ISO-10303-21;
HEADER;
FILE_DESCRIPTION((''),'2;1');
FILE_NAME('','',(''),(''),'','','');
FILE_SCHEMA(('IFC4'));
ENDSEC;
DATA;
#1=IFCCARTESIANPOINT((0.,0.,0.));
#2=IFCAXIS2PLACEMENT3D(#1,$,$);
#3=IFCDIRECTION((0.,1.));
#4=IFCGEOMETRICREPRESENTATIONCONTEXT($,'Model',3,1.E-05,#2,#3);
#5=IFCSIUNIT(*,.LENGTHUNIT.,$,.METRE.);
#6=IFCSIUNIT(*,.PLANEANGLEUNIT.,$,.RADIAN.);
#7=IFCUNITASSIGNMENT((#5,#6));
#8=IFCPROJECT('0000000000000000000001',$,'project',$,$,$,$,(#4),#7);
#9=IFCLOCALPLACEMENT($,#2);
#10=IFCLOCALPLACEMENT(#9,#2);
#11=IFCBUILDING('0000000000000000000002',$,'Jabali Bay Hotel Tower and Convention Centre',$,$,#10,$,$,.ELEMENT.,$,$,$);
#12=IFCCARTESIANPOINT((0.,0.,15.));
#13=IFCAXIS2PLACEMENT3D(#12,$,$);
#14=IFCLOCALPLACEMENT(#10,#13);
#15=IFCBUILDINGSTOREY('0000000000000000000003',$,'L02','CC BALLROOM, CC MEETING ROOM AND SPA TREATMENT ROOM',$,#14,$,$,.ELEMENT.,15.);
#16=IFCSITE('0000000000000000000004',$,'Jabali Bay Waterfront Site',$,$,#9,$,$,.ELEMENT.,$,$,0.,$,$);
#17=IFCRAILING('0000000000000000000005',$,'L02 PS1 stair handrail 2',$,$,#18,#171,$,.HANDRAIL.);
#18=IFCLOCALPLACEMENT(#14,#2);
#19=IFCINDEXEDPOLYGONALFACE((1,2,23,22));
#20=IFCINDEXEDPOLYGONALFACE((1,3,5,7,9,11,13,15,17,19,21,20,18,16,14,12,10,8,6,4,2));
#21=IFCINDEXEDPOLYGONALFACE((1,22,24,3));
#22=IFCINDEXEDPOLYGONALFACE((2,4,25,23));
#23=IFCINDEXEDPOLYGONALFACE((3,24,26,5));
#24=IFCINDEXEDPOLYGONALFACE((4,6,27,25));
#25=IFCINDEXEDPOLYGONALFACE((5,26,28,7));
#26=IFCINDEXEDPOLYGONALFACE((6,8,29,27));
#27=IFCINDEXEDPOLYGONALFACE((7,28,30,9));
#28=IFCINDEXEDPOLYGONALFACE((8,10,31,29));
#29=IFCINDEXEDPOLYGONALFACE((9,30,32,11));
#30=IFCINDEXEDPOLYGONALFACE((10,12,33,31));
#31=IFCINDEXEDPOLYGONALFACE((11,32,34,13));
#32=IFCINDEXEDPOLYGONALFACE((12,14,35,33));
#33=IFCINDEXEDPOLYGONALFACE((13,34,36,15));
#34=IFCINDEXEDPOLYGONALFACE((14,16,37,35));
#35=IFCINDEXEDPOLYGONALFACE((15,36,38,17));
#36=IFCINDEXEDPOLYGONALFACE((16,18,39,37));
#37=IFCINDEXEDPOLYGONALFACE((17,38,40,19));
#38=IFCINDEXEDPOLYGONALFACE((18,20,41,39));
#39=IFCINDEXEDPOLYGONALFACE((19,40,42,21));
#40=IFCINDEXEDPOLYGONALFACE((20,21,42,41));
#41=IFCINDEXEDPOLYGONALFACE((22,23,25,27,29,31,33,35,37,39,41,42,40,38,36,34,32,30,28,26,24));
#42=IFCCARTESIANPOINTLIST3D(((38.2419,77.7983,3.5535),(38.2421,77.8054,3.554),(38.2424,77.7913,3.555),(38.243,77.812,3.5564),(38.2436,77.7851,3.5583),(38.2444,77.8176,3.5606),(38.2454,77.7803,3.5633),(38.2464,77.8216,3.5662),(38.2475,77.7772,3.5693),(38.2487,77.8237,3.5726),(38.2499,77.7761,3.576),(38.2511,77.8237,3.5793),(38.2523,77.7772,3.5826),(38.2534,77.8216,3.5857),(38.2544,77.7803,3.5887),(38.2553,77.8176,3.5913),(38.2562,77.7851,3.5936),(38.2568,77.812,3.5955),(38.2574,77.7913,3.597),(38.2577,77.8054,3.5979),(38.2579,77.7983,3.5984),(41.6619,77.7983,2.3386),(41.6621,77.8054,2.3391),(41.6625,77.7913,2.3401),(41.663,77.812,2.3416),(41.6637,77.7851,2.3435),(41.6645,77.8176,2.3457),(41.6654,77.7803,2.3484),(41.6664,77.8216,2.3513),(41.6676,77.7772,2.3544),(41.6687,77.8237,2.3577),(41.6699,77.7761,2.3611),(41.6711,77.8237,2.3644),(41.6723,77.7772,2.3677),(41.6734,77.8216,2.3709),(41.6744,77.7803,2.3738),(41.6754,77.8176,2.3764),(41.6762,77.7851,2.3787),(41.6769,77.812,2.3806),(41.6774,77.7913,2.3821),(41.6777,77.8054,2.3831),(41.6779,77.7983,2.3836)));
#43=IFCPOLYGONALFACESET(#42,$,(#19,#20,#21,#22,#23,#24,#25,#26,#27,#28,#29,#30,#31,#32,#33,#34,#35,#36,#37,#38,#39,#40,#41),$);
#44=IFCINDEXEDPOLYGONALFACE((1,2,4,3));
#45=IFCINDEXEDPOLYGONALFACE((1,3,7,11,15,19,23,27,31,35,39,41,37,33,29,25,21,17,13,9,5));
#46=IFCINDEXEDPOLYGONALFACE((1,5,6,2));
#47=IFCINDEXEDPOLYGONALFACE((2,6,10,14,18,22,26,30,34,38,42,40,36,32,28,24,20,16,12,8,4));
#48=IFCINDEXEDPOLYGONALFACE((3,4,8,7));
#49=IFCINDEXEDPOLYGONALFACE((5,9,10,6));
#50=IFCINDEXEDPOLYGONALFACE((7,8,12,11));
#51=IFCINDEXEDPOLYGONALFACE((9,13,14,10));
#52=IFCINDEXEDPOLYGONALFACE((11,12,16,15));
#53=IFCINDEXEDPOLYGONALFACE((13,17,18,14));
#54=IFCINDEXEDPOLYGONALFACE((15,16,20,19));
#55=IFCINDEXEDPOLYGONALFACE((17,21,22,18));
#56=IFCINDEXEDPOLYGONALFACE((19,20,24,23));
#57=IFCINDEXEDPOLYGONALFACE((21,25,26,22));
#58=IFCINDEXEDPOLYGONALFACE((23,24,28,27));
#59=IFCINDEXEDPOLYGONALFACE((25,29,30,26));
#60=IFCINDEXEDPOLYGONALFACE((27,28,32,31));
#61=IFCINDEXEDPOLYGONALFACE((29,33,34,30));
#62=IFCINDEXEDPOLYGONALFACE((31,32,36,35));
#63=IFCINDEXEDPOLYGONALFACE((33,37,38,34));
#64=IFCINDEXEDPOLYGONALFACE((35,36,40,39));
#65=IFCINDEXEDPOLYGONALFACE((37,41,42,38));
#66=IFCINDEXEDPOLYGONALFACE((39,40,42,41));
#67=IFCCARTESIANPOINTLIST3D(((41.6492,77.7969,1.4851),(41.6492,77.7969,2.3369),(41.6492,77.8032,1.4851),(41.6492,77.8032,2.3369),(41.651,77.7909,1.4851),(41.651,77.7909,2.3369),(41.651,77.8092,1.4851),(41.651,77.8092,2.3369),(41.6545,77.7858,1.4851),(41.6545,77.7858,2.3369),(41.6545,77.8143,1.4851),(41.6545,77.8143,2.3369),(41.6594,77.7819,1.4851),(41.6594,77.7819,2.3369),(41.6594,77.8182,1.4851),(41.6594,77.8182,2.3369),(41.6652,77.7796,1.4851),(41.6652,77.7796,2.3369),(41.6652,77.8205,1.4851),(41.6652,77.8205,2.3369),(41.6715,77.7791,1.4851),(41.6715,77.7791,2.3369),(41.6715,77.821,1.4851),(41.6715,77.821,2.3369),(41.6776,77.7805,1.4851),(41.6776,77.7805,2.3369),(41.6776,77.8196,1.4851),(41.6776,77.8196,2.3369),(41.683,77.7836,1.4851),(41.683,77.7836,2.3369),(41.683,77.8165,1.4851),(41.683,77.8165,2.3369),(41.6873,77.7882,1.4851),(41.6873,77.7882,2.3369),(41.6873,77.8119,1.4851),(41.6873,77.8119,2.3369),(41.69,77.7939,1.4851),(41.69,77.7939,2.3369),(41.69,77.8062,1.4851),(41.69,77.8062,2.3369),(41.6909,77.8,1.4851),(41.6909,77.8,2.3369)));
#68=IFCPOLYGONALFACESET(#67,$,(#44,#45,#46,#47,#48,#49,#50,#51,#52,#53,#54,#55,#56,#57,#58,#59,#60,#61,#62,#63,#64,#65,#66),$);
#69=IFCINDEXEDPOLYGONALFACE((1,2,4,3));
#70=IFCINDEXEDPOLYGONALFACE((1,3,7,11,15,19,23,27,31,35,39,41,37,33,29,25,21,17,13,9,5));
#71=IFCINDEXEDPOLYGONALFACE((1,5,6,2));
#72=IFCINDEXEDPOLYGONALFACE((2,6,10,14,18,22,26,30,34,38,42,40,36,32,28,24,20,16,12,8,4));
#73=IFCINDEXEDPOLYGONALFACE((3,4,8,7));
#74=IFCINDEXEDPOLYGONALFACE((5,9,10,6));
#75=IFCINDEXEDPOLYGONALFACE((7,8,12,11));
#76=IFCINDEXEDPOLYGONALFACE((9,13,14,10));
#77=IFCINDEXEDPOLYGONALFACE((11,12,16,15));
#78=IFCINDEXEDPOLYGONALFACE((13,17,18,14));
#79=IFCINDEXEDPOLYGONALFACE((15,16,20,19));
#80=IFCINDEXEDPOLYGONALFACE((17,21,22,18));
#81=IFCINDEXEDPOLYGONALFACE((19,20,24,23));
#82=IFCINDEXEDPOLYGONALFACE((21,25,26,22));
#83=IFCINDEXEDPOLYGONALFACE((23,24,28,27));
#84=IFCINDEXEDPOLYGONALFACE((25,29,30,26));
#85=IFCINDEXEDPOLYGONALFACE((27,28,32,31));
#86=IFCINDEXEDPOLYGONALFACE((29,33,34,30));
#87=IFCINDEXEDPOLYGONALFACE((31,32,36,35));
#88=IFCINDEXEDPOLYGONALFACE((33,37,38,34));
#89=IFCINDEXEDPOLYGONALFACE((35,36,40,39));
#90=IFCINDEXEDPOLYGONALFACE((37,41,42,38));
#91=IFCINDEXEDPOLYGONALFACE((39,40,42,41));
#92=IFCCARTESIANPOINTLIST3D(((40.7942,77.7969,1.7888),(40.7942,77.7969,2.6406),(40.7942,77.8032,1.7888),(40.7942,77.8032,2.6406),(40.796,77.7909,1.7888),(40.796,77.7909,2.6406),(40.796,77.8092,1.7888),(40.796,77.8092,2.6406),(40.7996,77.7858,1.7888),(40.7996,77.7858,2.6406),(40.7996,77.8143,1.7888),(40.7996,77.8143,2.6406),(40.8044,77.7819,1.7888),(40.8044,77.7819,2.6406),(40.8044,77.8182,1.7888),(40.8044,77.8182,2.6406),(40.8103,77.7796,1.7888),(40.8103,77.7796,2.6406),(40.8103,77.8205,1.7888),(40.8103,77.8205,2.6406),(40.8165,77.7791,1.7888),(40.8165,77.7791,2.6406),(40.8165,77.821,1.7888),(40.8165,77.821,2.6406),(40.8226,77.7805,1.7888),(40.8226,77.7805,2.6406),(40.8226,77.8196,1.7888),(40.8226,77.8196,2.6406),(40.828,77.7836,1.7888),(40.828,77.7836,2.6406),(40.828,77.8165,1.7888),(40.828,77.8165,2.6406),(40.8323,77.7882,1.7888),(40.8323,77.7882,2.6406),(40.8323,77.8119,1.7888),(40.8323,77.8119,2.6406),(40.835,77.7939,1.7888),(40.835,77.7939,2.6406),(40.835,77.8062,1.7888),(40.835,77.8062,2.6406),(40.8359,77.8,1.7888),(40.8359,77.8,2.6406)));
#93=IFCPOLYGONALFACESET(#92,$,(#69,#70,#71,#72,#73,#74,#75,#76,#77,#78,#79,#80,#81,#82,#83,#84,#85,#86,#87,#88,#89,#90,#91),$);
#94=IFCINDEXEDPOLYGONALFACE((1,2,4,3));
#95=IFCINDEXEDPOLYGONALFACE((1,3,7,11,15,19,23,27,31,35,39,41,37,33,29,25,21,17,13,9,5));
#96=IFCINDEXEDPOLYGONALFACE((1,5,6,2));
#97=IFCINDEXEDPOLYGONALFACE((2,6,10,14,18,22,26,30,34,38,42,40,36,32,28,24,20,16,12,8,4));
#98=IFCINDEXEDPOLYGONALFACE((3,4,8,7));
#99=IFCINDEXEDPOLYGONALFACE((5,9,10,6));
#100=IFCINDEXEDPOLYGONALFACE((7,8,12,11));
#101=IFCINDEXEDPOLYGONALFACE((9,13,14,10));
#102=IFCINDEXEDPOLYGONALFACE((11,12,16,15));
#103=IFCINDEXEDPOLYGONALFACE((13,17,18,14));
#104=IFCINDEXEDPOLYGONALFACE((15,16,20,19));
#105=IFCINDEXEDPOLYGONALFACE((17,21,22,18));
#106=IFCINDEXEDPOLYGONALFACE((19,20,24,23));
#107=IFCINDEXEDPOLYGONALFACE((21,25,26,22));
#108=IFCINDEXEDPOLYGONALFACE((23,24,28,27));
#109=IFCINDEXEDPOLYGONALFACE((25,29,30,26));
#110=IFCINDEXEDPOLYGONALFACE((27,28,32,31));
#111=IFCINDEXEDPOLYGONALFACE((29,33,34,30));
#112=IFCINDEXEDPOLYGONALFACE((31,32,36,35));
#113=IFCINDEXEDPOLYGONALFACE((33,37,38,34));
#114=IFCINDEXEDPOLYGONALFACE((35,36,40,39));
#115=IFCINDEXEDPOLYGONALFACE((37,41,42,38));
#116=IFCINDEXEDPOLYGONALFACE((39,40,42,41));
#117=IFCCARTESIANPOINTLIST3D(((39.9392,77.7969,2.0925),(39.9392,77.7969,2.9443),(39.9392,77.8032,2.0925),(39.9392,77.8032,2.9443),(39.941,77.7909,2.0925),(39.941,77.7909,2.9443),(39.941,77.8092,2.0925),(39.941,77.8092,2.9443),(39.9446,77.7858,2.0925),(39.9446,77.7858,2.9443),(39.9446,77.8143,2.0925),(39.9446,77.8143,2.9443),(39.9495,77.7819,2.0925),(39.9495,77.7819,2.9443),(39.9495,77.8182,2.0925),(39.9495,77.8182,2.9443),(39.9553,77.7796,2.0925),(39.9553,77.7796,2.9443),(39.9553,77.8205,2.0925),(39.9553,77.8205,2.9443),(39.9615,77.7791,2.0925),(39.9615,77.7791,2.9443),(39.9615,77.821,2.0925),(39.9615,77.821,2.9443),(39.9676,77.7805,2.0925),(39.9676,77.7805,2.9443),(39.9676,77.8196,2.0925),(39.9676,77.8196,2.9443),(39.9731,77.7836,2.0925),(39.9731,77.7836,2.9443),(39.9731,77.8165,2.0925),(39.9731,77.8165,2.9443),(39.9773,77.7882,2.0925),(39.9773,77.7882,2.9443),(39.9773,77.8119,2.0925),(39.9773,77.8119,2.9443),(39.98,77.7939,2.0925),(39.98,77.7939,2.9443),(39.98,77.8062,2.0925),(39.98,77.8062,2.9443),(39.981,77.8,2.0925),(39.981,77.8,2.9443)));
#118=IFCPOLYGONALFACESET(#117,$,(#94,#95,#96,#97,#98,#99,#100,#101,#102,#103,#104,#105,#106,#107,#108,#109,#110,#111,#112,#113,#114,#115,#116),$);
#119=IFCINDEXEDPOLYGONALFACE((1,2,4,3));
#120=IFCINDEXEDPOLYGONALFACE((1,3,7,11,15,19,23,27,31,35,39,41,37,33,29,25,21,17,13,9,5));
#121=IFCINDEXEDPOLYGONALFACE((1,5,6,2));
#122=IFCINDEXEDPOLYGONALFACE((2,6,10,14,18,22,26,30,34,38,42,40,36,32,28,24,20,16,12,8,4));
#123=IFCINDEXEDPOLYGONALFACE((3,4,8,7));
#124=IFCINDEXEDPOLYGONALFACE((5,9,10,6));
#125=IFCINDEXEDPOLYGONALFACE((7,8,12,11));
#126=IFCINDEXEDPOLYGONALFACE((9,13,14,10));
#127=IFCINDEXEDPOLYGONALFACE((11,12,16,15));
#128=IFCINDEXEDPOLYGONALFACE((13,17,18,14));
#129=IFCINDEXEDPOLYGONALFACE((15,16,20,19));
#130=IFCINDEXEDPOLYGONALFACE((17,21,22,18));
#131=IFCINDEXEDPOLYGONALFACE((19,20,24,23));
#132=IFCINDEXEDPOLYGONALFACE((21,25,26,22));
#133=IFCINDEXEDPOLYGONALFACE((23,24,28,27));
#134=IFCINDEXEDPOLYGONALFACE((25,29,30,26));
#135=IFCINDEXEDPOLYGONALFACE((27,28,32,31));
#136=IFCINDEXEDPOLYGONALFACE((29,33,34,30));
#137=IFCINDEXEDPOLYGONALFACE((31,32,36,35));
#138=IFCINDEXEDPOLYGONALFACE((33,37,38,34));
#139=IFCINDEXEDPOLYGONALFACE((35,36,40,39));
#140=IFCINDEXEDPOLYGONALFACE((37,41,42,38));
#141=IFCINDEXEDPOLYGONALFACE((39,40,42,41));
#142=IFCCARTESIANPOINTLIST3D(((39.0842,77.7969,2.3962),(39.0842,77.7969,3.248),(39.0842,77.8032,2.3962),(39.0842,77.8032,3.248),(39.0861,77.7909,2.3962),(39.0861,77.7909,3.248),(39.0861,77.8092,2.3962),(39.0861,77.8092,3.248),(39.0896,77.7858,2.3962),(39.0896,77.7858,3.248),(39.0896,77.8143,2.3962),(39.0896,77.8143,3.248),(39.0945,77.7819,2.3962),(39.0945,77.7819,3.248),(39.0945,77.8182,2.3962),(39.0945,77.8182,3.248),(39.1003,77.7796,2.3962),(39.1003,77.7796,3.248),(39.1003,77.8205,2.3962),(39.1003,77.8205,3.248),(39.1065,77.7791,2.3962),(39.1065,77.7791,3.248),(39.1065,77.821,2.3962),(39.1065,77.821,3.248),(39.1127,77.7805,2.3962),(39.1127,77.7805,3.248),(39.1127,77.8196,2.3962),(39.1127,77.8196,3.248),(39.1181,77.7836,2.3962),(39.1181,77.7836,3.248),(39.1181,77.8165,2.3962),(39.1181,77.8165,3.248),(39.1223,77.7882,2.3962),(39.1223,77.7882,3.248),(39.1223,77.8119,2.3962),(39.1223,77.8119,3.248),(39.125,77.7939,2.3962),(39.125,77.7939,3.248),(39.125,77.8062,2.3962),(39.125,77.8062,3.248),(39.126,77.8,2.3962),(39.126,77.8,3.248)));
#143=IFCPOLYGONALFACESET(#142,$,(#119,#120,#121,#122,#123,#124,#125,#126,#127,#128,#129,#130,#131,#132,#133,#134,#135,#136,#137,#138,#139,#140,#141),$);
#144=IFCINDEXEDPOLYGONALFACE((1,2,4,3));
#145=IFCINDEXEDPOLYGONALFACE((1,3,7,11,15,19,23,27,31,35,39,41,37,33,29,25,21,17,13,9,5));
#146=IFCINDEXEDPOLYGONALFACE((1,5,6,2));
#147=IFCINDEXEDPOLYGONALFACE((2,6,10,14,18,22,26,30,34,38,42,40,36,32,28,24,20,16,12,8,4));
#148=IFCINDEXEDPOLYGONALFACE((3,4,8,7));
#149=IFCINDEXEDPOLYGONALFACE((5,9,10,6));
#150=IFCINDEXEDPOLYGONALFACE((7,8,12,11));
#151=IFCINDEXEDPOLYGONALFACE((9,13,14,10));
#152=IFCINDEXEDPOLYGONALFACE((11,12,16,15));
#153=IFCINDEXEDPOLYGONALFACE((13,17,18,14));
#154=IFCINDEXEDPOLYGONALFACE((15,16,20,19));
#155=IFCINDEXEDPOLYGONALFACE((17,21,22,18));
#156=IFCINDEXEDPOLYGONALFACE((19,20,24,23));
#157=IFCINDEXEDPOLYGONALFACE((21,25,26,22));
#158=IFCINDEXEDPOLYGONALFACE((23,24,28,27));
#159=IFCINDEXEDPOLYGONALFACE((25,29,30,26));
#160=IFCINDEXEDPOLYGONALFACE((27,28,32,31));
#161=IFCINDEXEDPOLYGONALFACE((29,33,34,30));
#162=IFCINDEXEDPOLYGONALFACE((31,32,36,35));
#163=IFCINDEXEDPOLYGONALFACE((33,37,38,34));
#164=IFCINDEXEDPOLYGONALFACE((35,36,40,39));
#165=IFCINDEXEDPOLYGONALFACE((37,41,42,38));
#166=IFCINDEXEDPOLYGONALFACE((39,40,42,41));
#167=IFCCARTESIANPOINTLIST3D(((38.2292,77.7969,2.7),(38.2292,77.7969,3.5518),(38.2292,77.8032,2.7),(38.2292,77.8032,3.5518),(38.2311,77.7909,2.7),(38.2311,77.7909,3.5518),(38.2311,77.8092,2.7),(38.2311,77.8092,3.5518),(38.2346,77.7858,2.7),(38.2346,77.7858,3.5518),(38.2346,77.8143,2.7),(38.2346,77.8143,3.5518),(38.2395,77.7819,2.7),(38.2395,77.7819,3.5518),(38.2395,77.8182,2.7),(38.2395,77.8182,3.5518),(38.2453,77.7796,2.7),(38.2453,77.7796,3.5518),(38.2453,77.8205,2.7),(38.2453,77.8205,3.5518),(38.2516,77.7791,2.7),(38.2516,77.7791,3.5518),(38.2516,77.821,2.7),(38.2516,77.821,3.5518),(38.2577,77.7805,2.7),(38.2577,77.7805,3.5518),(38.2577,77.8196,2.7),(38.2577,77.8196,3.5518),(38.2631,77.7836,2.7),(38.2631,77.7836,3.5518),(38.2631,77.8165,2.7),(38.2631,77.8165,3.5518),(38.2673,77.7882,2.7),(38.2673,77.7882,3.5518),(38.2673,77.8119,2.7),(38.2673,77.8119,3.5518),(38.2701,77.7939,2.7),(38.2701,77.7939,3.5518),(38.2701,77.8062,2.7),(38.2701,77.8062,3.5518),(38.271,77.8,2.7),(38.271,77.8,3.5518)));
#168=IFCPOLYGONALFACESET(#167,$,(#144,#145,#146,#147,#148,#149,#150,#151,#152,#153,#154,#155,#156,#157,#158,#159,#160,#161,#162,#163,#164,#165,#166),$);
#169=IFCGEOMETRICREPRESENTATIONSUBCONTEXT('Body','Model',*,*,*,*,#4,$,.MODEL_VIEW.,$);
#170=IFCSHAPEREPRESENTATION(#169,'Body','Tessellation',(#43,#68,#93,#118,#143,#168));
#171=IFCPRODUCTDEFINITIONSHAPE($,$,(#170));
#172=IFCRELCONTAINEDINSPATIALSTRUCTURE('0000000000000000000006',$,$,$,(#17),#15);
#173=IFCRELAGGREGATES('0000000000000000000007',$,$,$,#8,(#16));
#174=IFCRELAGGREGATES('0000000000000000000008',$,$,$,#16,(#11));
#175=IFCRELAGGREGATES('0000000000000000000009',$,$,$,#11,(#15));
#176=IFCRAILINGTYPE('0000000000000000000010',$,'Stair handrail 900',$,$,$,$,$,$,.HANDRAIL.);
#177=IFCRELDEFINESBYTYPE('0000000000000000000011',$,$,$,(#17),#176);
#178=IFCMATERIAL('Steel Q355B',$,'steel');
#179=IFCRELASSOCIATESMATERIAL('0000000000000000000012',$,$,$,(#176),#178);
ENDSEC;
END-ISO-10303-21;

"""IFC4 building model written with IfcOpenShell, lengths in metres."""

from ifc_helpers import new_model, si_unit, direction, frame, origin, origin_2d, place, context, subcontext, project, spatial, circle, extrude, material, type_object, element, save


model = new_model("IFC4")

# Units and contexts
model_context = context("Model", 3, precision=1e-05, world=origin(), true_north=direction((0.0, 1.0)))
body_context = subcontext(model_context, "Body", "Model", "MODEL_VIEW")
ifc_project = project(units=[si_unit("LENGTHUNIT", "METRE"), si_unit("PLANEANGLEUNIT", "RADIAN")], contexts=[model_context])

# Site, building, storey
site_placement = place(None, origin())
site = spatial("IfcSite", under=ifc_project, at=site_placement, Name="Jabali Bay Waterfront Site", CompositionType="ELEMENT", RefElevation=0.0)
building_placement = place(site_placement, origin())
building = spatial("IfcBuilding", under=site, at=building_placement, Name="Jabali Bay Hotel Tower and Convention Centre", CompositionType="ELEMENT")
storey_placement = place(building_placement, frame((0.0, 0.0, 15.0)))
storey = spatial("IfcBuildingStorey", under=building, at=storey_placement, Name="L02", Description="CC BALLROOM, CC MEETING ROOM AND SPA TREATMENT ROOM", CompositionType="ELEMENT", Elevation=15.0)

# Railing
ifc_material_1 = material(Name="Steel Q355B", Category="steel")
railing_type_1 = type_object("IfcRailingType", Name="Stair handrail 900", PredefinedType="HANDRAIL", material=ifc_material_1)
for number, where, name in (
    (1, (41.6699, 77.8, 1.4851), "L02 PS1 stair handrail 2"),
):
    element("IfcRailing", number, at=place(storey_placement, frame(where)), inside=storey, type_object=railing_type_1, Name=name, PredefinedType="HANDRAIL", context=body_context, shape_type="SweptSolid", body=[
        extrude(circle(Radius=0.0239, at=origin_2d()), frame((0.0, 0.0, 0.876), z_axis=(-0.942313, 0.0, 0.334734), x_axis=(0.0, -1.0, 0.0)), (0.0, 0.0, 1.0), 3.6294),
        extrude(circle(Radius=0.021, at=origin_2d()), origin(), (0.0, 0.0, 1.0), 0.8518),
        extrude(circle(Radius=0.021, at=origin_2d()), frame((-0.855, 0.0, 0.3037)), (0.0, 0.0, 1.0), 0.8518),
        extrude(circle(Radius=0.021, at=origin_2d()), frame((-1.71, 0.0, 0.6074)), (0.0, 0.0, 1.0), 0.8518),
        extrude(circle(Radius=0.021, at=origin_2d()), frame((-2.5649, 0.0, 0.9111)), (0.0, 0.0, 1.0), 0.8518),
        extrude(circle(Radius=0.021, at=origin_2d()), frame((-3.4199, 0.0, 1.2148)), (0.0, 0.0, 1.0), 0.8518),
    ])

save(model, "model.ifc")
